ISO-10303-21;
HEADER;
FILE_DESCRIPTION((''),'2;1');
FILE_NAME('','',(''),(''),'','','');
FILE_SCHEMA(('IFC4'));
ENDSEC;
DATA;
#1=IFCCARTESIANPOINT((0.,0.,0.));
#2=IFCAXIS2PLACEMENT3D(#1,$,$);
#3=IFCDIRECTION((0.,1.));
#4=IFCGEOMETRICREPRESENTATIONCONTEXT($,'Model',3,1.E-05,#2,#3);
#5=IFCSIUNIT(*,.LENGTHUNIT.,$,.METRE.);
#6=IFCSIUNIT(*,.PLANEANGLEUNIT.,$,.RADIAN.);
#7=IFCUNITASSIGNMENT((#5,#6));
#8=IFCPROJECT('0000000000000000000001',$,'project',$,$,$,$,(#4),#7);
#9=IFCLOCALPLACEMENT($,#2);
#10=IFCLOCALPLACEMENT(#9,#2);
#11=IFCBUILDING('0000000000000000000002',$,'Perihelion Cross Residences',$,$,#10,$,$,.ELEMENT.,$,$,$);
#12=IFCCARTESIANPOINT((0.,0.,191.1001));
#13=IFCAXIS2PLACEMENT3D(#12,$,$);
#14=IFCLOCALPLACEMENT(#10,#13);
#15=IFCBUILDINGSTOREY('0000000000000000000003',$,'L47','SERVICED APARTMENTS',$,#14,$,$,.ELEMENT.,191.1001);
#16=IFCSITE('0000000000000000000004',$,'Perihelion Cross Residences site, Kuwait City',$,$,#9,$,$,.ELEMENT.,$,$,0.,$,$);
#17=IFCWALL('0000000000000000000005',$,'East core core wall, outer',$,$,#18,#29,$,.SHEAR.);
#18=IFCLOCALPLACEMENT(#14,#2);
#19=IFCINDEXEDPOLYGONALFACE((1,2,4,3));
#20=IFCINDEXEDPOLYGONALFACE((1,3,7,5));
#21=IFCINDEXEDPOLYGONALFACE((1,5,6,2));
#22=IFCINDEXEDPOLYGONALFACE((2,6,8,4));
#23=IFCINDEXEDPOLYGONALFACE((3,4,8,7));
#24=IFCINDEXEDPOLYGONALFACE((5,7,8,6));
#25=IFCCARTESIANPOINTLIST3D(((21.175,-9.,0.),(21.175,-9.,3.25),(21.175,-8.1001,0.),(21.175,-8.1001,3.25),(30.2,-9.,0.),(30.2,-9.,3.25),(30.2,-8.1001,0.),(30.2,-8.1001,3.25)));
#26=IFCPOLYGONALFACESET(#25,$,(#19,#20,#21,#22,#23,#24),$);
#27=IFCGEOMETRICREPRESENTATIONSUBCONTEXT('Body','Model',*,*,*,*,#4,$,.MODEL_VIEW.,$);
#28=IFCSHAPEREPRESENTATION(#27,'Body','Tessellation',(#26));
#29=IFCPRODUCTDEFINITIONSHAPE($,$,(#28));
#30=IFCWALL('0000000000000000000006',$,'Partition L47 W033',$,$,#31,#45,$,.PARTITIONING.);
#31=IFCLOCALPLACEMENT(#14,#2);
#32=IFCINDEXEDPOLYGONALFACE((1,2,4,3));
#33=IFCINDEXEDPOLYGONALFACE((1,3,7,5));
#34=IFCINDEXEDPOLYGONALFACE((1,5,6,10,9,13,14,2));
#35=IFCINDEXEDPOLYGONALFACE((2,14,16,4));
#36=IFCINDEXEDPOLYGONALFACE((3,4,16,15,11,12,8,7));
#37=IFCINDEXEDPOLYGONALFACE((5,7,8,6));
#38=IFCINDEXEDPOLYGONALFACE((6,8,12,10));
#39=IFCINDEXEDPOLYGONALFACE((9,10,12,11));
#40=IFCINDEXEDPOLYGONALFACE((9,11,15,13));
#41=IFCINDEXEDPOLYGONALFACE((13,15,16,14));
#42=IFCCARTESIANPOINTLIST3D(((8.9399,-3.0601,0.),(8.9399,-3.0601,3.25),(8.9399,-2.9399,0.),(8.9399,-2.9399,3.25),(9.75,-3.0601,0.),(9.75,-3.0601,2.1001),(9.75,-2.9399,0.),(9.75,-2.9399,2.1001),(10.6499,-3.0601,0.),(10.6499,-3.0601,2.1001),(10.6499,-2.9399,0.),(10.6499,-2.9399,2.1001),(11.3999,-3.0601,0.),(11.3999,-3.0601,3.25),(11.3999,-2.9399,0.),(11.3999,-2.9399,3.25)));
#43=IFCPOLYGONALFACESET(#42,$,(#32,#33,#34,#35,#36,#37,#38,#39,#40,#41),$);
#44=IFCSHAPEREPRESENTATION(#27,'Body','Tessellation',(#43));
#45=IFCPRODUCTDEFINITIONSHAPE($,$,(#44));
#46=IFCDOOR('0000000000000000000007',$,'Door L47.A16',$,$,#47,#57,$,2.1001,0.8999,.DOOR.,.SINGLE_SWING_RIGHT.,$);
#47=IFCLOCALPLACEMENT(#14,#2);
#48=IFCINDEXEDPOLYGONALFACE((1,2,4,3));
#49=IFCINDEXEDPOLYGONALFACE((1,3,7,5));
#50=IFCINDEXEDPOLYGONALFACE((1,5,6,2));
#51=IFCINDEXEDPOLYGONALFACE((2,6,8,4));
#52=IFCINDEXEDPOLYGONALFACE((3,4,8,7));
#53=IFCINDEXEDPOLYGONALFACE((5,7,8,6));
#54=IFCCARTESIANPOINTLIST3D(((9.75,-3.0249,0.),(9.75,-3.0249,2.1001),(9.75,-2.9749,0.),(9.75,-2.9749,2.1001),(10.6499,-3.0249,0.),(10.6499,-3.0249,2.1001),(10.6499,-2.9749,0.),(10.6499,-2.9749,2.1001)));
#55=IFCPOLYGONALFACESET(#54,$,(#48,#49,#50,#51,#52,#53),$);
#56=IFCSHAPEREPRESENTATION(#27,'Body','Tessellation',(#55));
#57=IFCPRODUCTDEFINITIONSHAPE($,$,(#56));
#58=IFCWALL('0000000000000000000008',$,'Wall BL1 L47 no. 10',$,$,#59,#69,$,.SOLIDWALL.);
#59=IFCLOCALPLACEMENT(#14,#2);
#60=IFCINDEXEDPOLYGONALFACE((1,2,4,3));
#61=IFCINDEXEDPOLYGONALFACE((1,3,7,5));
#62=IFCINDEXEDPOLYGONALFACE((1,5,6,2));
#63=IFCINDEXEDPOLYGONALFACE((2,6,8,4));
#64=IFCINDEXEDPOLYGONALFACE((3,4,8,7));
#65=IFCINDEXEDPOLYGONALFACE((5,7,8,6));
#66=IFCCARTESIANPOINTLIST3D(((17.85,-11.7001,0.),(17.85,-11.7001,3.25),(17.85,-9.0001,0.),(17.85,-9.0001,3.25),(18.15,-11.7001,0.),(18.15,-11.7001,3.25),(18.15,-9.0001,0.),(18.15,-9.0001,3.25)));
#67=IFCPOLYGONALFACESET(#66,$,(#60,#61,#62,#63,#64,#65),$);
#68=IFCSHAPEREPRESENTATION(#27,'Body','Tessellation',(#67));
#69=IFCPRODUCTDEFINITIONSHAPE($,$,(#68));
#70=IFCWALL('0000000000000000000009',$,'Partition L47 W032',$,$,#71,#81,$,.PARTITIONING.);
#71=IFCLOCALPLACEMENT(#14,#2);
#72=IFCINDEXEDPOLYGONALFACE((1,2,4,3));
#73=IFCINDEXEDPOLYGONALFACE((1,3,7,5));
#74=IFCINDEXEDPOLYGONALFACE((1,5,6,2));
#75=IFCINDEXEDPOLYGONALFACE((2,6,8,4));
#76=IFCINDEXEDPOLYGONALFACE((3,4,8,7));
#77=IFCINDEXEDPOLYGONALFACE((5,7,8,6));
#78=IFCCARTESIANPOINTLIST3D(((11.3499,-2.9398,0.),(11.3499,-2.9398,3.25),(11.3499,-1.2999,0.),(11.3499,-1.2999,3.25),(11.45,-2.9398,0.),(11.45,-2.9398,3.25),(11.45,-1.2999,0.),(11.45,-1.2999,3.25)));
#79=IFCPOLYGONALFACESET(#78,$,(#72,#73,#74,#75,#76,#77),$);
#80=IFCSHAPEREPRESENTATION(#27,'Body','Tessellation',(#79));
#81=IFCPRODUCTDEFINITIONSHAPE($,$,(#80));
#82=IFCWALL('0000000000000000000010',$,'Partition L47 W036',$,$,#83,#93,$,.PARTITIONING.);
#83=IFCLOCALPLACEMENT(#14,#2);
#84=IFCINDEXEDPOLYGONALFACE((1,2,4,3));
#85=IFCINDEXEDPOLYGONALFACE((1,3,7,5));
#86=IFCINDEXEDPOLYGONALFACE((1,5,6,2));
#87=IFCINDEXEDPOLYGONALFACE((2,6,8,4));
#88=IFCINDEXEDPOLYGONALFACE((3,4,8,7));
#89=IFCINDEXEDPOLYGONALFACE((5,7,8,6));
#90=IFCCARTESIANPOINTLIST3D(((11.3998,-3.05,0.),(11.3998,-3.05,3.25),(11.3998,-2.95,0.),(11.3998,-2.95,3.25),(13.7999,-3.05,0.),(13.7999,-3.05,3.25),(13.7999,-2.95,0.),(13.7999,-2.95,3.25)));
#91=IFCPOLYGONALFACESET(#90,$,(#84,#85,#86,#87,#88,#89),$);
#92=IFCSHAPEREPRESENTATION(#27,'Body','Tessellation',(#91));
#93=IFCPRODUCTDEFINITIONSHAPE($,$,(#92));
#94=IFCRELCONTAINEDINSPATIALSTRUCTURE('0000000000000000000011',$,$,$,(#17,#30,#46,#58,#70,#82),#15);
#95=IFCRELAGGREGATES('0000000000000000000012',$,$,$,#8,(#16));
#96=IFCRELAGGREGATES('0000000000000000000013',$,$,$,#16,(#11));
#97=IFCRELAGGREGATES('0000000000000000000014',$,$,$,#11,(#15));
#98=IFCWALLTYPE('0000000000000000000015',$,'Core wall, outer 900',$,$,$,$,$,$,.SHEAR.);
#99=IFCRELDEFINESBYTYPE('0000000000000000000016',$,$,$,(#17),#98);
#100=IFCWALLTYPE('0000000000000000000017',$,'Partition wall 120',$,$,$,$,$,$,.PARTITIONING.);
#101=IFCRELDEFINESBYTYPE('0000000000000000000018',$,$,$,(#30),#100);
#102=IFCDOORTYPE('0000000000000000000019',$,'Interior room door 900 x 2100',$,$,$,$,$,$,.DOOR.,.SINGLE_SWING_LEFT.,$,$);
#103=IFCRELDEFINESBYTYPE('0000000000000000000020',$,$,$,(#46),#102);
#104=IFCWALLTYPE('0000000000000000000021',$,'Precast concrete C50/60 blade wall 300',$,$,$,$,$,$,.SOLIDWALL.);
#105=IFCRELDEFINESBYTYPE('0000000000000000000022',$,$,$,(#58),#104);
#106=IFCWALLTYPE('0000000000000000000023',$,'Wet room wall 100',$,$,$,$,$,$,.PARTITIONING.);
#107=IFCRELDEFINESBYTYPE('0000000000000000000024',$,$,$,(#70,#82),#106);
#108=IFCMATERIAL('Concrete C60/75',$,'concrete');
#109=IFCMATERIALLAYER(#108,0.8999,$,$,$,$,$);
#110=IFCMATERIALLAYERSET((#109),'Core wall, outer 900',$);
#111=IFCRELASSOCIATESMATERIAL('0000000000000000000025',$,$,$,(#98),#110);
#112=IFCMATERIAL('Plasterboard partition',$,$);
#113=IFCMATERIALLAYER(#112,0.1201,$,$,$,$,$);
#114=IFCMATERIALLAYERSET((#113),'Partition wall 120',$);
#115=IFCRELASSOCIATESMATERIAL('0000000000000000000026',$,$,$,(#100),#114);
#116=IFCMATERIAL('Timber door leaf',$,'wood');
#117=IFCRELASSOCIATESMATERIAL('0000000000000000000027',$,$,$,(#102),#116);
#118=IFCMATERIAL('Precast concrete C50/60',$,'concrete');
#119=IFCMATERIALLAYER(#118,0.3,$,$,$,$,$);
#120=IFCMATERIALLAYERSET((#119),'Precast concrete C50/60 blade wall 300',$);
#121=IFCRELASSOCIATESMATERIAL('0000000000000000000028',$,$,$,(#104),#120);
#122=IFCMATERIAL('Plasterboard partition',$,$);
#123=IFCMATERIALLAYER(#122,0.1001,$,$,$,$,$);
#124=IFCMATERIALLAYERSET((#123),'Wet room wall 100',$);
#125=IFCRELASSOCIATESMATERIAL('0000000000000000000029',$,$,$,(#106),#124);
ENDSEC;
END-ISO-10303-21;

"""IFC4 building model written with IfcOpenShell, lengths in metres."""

from ifc_helpers import new_model, si_unit, direction, frame, frame_2d, origin, place, context, subcontext, project, spatial, rectangle, extrude, material, layer, layer_set, type_object, element, fill, save


model = new_model("IFC4")

# Units and contexts
model_context = context("Model", 3, precision=1e-05, world=origin(), true_north=direction((0.0, 1.0)))
body_context = subcontext(model_context, "Body", "Model", "MODEL_VIEW")
ifc_project = project(units=[si_unit("LENGTHUNIT", "METRE"), si_unit("PLANEANGLEUNIT", "RADIAN")], contexts=[model_context])

# Site, building, storey
site_placement = place(None, origin())
site = spatial("IfcSite", under=ifc_project, at=site_placement, Name="Perihelion Cross Residences site, Kuwait City", CompositionType="ELEMENT", RefElevation=0.0)
building_placement = place(site_placement, origin())
building = spatial("IfcBuilding", under=site, at=building_placement, Name="Perihelion Cross Residences", CompositionType="ELEMENT")
storey_placement = place(building_placement, frame((0.0, 0.0, 191.1001)))
storey = spatial("IfcBuildingStorey", under=building, at=storey_placement, Name="L47", Description="SERVICED APARTMENTS", CompositionType="ELEMENT", Elevation=191.1001)

# Wall
ifc_material_1 = material(Name="Concrete C60/75", Category="concrete")
ifc_layer_1 = layer(ifc_material_1, 0.8999)
ifc_layer_set_1 = layer_set([ifc_layer_1], Name="Core wall, outer 900")
wall_type_1 = type_object("IfcWallType", Name="Core wall, outer 900", PredefinedType="SHEAR", material=ifc_layer_set_1)
wall_1_placement = place(storey_placement, frame((21.175, -8.55, 0.0), z_axis=(0.0, 0.0, 1.0), x_axis=(1.0, 0.0, 0.0)))
element("IfcWall", 1, at=wall_1_placement, inside=storey, type_object=wall_type_1, Name="East core core wall, outer", PredefinedType="SHEAR", context=body_context, shape_type="SweptSolid", body=[
    extrude(rectangle(XDim=9.0249, YDim=0.8999, at=frame_2d((4.5125, 0.0))), origin(), (0.0, 0.0, 1.0), 3.25),
])

# Wall, opening, door
ifc_material_2 = material(Name="Plasterboard partition")
ifc_layer_2 = layer(ifc_material_2, 0.1201)
ifc_layer_set_2 = layer_set([ifc_layer_2], Name="Partition wall 120")
wall_type_2 = type_object("IfcWallType", Name="Partition wall 120", PredefinedType="PARTITIONING", material=ifc_layer_set_2)
wall_2_placement = place(storey_placement, frame((11.3999, -3.0, 0.0), z_axis=(0.0, 0.0, 1.0), x_axis=(-1.0, 0.0, 0.0)))
wall_2 = element("IfcWall", 2, at=wall_2_placement, inside=storey, type_object=wall_type_2, Name="Partition L47 W033", PredefinedType="PARTITIONING", context=body_context, shape_type="SweptSolid", body=[
    extrude(rectangle(XDim=2.46, YDim=0.1201, at=frame_2d((1.23, 0.0))), origin(), (0.0, 0.0, 1.0), 3.25),
])
opening_1_placement = place(wall_2_placement, frame((0.75, 0.0, 0.0)))
opening_1 = element("IfcOpeningElement", 3, at=opening_1_placement, cuts=wall_2, PredefinedType="OPENING", context=body_context, shape_type="SweptSolid", body=[
    extrude(rectangle(XDim=0.8999, YDim=2.1001, at=frame_2d((0.45, 1.05))), frame((0.0, 0.0701, 0.0), z_axis=(0.0, -1.0, 0.0), x_axis=(1.0, 0.0, 0.0)), (0.0, 0.0, 1.0), 0.1401),
])
ifc_material_3 = material(Name="Timber door leaf", Category="wood")
door_type_1 = type_object("IfcDoorType", Name="Interior room door 900 x 2100", OperationType="SINGLE_SWING_LEFT", PredefinedType="DOOR", material=ifc_material_3)
door_1_placement = place(opening_1_placement, origin())
door_1 = element("IfcDoor", 4, at=door_1_placement, inside=storey, type_object=door_type_1, Name="Door L47.A16", OperationType="SINGLE_SWING_RIGHT", OverallHeight=2.1001, OverallWidth=0.8999, PredefinedType="DOOR", context=body_context, shape_type="SweptSolid", body=[
    extrude(rectangle(XDim=0.8999, YDim=2.1001, at=frame_2d((0.45, 1.05))), frame((0.0, 0.0249, 0.0), z_axis=(0.0, -1.0, 0.0), x_axis=(1.0, 0.0, 0.0)), (0.0, 0.0, 1.0), 0.05),
])
fill(opening_1, door_1)

# Walls
ifc_material_4 = material(Name="Precast concrete C50/60", Category="concrete")
ifc_layer_3 = layer(ifc_material_4, 0.3)
ifc_layer_set_3 = layer_set([ifc_layer_3], Name="Precast concrete C50/60 blade wall 300")
wall_type_3 = type_object("IfcWallType", Name="Precast concrete C50/60 blade wall 300", PredefinedType="SOLIDWALL", material=ifc_layer_set_3)
wall_3_placement = place(storey_placement, frame((18.0, -9.0, 0.0), z_axis=(0.0, 0.0, 1.0), x_axis=(0.0, -1.0, 0.0)))
element("IfcWall", 5, at=wall_3_placement, inside=storey, type_object=wall_type_3, Name="Wall BL1 L47 no. 10", PredefinedType="SOLIDWALL", context=body_context, shape_type="SweptSolid", body=[
    extrude(rectangle(XDim=2.7, YDim=0.3, at=frame_2d((1.3501, 0.0))), origin(), (0.0, 0.0, 1.0), 3.25),
])
ifc_material_5 = material(Name="Plasterboard partition")
ifc_layer_4 = layer(ifc_material_5, 0.1001)
ifc_layer_set_4 = layer_set([ifc_layer_4], Name="Wet room wall 100")
wall_type_4 = type_object("IfcWallType", Name="Wet room wall 100", PredefinedType="PARTITIONING", material=ifc_layer_set_4)
wall_4_placement = place(storey_placement, frame((11.3999, -1.3, 0.0), z_axis=(0.0, 0.0, 1.0), x_axis=(0.0, -1.0, 0.0)))
element("IfcWall", 6, at=wall_4_placement, inside=storey, type_object=wall_type_4, Name="Partition L47 W032", PredefinedType="PARTITIONING", context=body_context, shape_type="SweptSolid", body=[
    extrude(rectangle(XDim=1.6399, YDim=0.1001, at=frame_2d((0.8198, 0.0))), origin(), (0.0, 0.0, 1.0), 3.25),
])
wall_5_placement = place(storey_placement, frame((13.8, -3.0, 0.0), z_axis=(0.0, 0.0, 1.0), x_axis=(-1.0, 0.0, 0.0)))
element("IfcWall", 7, at=wall_5_placement, inside=storey, type_object=wall_type_4, Name="Partition L47 W036", PredefinedType="PARTITIONING", context=body_context, shape_type="SweptSolid", body=[
    extrude(rectangle(XDim=2.4001, YDim=0.1001, at=frame_2d((1.2002, 0.0))), origin(), (0.0, 0.0, 1.0), 3.25),
])

save(model, "model.ifc")
